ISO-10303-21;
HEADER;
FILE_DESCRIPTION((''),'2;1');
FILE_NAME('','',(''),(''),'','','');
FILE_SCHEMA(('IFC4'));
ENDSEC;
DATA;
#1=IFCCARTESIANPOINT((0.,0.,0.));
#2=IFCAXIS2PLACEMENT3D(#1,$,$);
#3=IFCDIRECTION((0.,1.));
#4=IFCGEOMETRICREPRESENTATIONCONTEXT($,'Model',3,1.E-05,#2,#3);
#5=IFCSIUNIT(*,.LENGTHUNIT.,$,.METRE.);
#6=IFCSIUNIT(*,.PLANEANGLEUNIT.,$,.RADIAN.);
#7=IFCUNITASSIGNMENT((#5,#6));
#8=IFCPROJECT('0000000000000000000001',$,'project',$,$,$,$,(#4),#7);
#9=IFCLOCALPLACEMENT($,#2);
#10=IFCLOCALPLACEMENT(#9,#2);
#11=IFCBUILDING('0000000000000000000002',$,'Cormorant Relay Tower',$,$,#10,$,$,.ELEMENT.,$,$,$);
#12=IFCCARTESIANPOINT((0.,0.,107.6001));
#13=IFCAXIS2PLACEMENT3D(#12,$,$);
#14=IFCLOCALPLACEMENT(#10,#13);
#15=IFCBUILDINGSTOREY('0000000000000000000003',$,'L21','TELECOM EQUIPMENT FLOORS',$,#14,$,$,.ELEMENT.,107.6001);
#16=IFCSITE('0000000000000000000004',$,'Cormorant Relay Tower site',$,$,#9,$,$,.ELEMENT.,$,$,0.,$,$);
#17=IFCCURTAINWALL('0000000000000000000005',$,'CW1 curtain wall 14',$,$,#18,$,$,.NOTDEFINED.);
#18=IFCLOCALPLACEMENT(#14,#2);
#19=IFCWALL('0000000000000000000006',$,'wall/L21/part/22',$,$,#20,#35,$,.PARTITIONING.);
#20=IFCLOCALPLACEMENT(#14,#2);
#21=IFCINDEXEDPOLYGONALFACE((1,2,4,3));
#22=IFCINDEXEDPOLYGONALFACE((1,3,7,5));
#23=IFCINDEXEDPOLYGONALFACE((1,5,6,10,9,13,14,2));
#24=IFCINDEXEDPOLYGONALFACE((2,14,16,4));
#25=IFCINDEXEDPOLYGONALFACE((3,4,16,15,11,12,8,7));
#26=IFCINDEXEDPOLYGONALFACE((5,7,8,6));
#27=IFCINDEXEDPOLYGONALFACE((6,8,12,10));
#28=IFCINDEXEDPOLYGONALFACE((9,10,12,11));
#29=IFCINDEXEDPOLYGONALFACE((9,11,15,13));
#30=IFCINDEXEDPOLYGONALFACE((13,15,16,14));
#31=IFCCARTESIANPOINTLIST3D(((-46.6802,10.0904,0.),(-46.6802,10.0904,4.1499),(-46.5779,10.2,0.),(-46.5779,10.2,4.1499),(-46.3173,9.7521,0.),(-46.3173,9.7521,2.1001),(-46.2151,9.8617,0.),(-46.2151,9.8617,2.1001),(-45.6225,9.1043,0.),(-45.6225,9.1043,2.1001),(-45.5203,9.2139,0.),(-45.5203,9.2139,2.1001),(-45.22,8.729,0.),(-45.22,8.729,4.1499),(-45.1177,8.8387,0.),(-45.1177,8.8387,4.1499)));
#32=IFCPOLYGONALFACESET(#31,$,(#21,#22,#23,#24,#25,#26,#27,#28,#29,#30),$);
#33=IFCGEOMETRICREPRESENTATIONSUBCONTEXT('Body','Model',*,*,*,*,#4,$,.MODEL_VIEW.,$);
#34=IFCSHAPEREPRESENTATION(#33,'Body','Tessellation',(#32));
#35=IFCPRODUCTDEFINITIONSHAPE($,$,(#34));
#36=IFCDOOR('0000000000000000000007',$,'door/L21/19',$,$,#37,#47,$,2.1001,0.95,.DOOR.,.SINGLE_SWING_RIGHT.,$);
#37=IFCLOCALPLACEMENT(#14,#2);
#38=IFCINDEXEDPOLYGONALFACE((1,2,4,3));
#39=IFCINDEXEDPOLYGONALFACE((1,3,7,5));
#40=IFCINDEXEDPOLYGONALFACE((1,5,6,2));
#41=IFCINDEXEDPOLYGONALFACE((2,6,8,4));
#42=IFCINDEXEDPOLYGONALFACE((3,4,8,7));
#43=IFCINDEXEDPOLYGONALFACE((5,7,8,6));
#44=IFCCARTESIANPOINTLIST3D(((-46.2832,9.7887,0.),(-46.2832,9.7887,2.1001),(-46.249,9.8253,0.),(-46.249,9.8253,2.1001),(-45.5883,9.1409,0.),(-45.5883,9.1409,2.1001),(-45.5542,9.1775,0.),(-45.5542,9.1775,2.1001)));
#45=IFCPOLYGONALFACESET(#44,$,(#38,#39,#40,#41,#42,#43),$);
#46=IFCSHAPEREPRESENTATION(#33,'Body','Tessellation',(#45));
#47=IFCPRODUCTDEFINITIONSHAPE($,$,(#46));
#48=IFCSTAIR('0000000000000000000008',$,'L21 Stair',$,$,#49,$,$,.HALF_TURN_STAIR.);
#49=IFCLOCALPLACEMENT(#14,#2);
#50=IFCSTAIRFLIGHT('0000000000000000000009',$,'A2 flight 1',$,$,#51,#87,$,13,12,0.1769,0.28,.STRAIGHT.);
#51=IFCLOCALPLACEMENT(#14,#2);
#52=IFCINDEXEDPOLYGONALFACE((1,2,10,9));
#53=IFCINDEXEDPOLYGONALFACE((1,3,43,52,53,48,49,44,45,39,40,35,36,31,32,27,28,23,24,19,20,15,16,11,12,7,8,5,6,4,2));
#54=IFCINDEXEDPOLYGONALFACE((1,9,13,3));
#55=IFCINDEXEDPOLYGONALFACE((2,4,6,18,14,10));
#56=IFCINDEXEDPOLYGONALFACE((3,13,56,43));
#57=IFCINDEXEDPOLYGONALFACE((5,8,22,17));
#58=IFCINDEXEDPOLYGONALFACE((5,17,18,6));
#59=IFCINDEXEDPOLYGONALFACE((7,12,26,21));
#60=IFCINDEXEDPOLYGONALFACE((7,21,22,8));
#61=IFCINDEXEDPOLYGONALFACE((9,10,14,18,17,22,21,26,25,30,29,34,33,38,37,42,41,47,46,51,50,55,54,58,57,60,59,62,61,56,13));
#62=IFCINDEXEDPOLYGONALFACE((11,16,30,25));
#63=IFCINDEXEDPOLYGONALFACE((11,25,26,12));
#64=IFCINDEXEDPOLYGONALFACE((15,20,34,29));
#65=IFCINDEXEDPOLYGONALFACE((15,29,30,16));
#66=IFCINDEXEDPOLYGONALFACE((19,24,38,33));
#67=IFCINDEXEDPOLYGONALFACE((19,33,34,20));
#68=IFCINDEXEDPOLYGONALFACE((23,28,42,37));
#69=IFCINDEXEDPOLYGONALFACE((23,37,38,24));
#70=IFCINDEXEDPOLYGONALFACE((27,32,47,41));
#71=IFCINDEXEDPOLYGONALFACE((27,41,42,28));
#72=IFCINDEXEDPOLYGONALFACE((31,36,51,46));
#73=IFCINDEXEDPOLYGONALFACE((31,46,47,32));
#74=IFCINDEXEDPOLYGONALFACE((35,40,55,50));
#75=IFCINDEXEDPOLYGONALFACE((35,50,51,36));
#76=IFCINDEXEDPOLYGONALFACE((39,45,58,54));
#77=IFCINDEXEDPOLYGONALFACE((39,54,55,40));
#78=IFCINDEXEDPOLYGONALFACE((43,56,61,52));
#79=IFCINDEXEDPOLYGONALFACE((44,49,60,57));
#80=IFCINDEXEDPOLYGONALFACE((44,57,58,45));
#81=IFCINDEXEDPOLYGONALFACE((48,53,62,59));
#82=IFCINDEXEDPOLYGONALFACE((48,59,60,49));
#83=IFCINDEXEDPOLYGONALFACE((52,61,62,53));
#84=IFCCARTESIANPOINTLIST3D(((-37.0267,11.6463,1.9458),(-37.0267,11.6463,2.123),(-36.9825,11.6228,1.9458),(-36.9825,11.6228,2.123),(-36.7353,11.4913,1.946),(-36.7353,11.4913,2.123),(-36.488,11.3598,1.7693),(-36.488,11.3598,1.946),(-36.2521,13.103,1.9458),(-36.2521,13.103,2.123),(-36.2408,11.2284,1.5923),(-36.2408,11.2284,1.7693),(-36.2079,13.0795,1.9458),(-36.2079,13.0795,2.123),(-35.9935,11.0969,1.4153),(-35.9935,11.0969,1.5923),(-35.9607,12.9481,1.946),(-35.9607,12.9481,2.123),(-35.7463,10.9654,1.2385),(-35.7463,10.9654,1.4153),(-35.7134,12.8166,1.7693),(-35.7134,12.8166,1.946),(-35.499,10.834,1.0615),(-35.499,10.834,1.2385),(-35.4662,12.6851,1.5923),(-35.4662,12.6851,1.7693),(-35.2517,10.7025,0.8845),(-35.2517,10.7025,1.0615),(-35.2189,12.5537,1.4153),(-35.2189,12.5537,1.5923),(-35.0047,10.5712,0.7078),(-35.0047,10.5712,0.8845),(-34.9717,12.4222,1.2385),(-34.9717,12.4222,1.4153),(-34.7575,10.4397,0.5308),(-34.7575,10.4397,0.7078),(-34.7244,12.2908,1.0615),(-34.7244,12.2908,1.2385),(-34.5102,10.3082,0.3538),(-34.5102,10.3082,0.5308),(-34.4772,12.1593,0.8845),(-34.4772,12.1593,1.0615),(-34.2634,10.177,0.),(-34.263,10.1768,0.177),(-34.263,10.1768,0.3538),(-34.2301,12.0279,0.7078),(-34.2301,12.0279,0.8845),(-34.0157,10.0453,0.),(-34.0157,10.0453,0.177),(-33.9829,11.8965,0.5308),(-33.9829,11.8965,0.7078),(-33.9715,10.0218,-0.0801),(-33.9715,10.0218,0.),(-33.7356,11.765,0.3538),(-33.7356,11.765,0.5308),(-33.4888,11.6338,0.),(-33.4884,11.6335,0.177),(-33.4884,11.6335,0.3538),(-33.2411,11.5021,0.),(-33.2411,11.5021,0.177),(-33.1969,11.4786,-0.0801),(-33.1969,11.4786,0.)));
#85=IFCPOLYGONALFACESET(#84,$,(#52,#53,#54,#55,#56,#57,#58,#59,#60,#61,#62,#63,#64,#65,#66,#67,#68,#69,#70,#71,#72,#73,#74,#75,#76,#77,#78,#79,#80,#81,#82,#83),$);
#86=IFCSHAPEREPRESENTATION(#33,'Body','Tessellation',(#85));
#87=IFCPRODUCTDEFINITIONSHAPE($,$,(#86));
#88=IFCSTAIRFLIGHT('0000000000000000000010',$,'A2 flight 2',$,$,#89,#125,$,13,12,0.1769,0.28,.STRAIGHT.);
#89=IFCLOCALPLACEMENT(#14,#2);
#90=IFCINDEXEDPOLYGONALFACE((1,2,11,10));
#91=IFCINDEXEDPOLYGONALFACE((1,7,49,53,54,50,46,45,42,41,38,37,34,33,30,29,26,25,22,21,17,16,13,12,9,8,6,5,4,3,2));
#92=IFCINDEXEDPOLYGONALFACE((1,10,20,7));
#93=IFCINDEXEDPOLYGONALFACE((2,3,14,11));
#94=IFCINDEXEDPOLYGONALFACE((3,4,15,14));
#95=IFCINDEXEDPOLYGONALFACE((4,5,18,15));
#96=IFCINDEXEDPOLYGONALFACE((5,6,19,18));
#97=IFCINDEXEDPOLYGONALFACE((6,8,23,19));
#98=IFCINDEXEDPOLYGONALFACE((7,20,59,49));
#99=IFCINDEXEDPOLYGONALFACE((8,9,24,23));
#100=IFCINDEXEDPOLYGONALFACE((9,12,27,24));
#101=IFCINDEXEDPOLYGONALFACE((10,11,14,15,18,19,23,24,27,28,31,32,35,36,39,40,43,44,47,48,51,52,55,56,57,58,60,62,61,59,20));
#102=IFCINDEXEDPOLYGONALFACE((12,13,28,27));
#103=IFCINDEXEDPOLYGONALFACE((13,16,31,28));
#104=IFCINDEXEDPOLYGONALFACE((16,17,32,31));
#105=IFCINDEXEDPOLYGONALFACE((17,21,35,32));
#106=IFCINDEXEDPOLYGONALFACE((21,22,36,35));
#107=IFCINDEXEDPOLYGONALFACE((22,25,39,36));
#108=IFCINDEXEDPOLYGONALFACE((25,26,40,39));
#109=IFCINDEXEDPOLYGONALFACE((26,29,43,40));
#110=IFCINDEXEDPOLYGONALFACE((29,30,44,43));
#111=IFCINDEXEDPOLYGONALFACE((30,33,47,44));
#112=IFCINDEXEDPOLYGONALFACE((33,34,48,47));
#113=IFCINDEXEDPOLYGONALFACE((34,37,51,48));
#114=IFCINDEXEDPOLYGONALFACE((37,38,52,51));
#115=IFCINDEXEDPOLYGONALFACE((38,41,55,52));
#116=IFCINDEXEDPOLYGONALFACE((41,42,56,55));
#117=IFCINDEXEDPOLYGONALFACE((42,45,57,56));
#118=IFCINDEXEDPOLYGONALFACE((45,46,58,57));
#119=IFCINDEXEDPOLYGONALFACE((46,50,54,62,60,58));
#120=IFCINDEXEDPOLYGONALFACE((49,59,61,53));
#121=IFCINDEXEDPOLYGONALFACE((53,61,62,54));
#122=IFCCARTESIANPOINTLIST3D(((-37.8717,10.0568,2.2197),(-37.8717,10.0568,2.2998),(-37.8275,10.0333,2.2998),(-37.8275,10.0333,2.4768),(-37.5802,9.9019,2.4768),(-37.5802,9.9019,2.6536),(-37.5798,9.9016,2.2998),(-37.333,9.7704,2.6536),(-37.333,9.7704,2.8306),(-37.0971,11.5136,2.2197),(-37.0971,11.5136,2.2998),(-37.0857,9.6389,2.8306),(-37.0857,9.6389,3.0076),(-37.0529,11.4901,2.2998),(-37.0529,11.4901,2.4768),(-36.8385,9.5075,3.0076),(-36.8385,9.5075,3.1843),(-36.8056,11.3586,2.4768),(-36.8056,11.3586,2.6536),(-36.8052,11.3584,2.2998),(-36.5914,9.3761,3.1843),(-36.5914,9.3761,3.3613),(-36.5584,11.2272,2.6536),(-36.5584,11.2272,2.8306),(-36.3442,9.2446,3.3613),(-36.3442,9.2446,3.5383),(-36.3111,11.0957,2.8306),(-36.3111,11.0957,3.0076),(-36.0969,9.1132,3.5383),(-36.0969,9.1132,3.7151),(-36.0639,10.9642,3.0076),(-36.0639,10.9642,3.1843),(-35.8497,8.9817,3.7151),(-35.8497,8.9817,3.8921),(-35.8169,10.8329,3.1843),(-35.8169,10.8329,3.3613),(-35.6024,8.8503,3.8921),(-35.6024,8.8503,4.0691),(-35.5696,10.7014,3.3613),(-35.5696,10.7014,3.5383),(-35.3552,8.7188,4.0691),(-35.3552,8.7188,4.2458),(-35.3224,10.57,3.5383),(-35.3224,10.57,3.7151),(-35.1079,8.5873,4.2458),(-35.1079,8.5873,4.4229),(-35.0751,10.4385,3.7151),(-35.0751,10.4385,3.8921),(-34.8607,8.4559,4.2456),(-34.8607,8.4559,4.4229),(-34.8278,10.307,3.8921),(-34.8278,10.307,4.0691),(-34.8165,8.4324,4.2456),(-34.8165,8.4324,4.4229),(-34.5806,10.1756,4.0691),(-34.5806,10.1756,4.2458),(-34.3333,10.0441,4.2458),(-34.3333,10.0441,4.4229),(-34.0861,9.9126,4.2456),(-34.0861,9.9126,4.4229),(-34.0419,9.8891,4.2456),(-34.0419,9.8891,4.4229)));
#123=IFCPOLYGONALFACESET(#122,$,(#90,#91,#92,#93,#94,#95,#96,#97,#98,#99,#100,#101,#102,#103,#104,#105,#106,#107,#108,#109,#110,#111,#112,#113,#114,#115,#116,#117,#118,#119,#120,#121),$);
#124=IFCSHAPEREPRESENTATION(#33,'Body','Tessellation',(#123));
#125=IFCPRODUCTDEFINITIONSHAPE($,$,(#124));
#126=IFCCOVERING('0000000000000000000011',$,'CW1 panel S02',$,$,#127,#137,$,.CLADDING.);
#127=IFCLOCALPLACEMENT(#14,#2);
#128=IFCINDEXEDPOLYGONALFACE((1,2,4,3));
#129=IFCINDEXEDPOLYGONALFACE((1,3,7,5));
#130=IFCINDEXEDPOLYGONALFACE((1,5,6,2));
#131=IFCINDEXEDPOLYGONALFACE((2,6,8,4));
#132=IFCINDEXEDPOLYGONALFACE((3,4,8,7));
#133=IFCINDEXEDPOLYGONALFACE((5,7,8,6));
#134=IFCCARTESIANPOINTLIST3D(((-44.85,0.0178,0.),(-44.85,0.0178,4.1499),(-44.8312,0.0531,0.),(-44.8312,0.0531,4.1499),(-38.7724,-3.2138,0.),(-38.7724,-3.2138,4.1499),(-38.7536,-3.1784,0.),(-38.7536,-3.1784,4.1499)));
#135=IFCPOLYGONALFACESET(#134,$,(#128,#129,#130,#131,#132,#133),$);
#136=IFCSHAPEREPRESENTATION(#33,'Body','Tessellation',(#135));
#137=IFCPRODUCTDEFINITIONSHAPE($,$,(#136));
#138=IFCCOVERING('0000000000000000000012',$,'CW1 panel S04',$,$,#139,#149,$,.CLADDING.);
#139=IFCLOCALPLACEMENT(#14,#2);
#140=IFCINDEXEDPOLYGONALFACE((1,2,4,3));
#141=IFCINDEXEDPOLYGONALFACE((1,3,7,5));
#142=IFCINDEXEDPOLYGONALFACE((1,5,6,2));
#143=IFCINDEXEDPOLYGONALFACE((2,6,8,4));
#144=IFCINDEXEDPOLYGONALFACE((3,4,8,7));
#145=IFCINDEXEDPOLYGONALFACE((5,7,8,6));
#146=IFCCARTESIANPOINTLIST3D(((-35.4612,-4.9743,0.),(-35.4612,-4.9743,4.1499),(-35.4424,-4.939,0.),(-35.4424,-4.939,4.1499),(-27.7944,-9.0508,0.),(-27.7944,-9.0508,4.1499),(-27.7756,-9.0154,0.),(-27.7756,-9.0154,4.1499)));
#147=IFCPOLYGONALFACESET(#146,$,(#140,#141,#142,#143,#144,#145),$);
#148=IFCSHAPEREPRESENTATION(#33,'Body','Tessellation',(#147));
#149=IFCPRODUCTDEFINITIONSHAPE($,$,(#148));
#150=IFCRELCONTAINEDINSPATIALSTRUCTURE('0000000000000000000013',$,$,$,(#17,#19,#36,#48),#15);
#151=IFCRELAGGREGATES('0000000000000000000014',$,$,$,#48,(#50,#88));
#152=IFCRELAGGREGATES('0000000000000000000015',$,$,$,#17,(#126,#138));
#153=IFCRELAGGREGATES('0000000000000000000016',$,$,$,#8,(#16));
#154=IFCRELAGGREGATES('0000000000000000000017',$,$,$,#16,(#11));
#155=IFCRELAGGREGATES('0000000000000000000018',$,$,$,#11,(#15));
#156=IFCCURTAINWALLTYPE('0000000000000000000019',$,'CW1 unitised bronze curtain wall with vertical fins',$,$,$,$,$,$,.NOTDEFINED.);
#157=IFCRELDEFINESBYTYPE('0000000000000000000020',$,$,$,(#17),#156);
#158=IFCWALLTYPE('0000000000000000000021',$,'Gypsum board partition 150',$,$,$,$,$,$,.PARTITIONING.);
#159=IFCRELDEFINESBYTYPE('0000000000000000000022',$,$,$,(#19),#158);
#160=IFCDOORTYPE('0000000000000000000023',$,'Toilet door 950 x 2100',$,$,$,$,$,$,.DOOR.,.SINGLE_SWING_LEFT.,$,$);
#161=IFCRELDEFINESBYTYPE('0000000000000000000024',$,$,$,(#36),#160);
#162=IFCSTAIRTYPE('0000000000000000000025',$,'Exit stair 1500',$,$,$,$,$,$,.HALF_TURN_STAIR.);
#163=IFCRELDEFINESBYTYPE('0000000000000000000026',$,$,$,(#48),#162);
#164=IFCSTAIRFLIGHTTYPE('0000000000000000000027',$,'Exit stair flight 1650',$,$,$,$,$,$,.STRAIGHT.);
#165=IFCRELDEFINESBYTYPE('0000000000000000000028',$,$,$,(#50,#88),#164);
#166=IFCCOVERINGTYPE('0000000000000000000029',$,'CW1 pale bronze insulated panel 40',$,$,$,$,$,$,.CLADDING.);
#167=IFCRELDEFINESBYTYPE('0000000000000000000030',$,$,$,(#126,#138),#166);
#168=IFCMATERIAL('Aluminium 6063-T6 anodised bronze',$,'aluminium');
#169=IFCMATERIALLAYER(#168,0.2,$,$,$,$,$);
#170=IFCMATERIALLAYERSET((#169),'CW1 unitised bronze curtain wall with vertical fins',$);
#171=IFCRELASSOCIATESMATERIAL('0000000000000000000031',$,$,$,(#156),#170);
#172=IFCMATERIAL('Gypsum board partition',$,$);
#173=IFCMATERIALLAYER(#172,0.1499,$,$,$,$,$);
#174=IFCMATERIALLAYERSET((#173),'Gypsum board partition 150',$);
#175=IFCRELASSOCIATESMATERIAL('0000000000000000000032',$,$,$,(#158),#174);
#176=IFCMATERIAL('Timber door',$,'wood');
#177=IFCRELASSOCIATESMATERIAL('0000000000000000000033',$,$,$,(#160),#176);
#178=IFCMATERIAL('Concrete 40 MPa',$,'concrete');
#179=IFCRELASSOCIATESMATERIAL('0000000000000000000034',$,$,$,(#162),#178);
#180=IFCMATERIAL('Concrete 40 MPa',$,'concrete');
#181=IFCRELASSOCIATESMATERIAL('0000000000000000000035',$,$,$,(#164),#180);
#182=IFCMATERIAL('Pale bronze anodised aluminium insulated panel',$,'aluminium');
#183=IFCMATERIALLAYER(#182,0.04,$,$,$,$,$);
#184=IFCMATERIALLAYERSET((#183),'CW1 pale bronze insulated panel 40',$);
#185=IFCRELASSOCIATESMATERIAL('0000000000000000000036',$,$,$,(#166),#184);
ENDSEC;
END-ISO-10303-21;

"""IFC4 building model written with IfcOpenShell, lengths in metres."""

from ifc_helpers import new_model, si_unit, direction, frame, frame_2d, origin, origin_2d, place, context, subcontext, project, spatial, polyline, rectangle, outline, extrude, material, layer, layer_set, type_object, element, fill, aggregate, save


model = new_model("IFC4")

# Units and contexts
model_context = context("Model", 3, precision=1e-05, world=origin(), true_north=direction((0.0, 1.0)))
body_context = subcontext(model_context, "Body", "Model", "MODEL_VIEW")
ifc_project = project(units=[si_unit("LENGTHUNIT", "METRE"), si_unit("PLANEANGLEUNIT", "RADIAN")], contexts=[model_context])

# Site, building, storey
site_placement = place(None, origin())
site = spatial("IfcSite", under=ifc_project, at=site_placement, Name="Cormorant Relay Tower site", CompositionType="ELEMENT", RefElevation=0.0)
building_placement = place(site_placement, origin())
building = spatial("IfcBuilding", under=site, at=building_placement, Name="Cormorant Relay Tower", CompositionType="ELEMENT")
storey_placement = place(building_placement, frame((0.0, 0.0, 107.6001)))
storey = spatial("IfcBuildingStorey", under=building, at=storey_placement, Name="L21", Description="TELECOM EQUIPMENT FLOORS", CompositionType="ELEMENT", Elevation=107.6001)

# Curtain wall
ifc_material_1 = material(Name="Aluminium 6063-T6 anodised bronze", Category="aluminium")
ifc_layer_1 = layer(ifc_material_1, 0.2)
ifc_layer_set_1 = layer_set([ifc_layer_1], Name="CW1 unitised bronze curtain wall with vertical fins")
curtain_wall_type = type_object("IfcCurtainWallType", Name="CW1 unitised bronze curtain wall with vertical fins", PredefinedType="NOTDEFINED", material=ifc_layer_set_1)
curtain_wall_placement = place(storey_placement, origin())
curtain_wall = element("IfcCurtainWall", 1, at=curtain_wall_placement, inside=storey, type_object=curtain_wall_type, Name="CW1 curtain wall 14", PredefinedType="NOTDEFINED")

# Shared definitions
ifc_material_2 = material(Name="Gypsum board partition")
ifc_layer_2 = layer(ifc_material_2, 0.1499)
ifc_layer_set_2 = layer_set([ifc_layer_2], Name="Gypsum board partition 150")
wall_type_1 = type_object("IfcWallType", Name="Gypsum board partition 150", PredefinedType="PARTITIONING", material=ifc_layer_set_2)

# Wall, opening, door
wall_1_placement = place(storey_placement, frame((-45.1689, 8.7839, 0.0), z_axis=(0.0, 0.0, 1.0), x_axis=(-0.731437, 0.681909, 0.0)))
wall_1 = element("IfcWall", 2, at=wall_1_placement, inside=storey, type_object=wall_type_1, Name="wall/L21/part/22", PredefinedType="PARTITIONING", context=body_context, shape_type="SweptSolid", body=[
    extrude(rectangle(XDim=1.9963, YDim=0.1499, at=frame_2d((0.998, 0.0))), origin(), (0.0, 0.0, 1.0), 4.1499),
])
opening_1_placement = place(wall_1_placement, frame((0.55, 0.0, 0.0)))
opening_1 = element("IfcOpeningElement", 3, at=opening_1_placement, cuts=wall_1, PredefinedType="OPENING", context=body_context, shape_type="SweptSolid", body=[
    extrude(rectangle(XDim=0.95, YDim=2.1001, at=frame_2d((0.4751, 1.05))), frame((0.0, 0.085, 0.0), z_axis=(0.0, -1.0, 0.0), x_axis=(1.0, 0.0, 0.0)), (0.0, 0.0, 1.0), 0.1699),
])
ifc_material_3 = material(Name="Timber door", Category="wood")
door_type_1 = type_object("IfcDoorType", Name="Toilet door 950 x 2100", OperationType="SINGLE_SWING_LEFT", PredefinedType="DOOR", material=ifc_material_3)
door_1_placement = place(opening_1_placement, origin())
door_1 = element("IfcDoor", 4, at=door_1_placement, inside=storey, type_object=door_type_1, Name="door/L21/19", OperationType="SINGLE_SWING_RIGHT", OverallHeight=2.1001, OverallWidth=0.95, PredefinedType="DOOR", context=body_context, shape_type="SweptSolid", body=[
    extrude(rectangle(XDim=0.95, YDim=2.1001, at=frame_2d((0.4751, 1.05))), frame((0.0, 0.0249, 0.0), z_axis=(0.0, -1.0, 0.0), x_axis=(1.0, 0.0, 0.0)), (0.0, 0.0, 1.0), 0.05),
])
fill(opening_1, door_1)

# Stair, stair flights
ifc_material_4 = material(Name="Concrete 40 MPa", Category="concrete")
stair_type = type_object("IfcStairType", Name="Exit stair 1500", PredefinedType="HALF_TURN_STAIR", material=ifc_material_4)
stair_placement = place(storey_placement, origin())
stair = element("IfcStair", 5, at=stair_placement, inside=storey, type_object=stair_type, Name="L21 Stair", PredefinedType="HALF_TURN_STAIR")
ifc_material_5 = material(Name="Concrete 40 MPa", Category="concrete")
stair_flight_type = type_object("IfcStairFlightType", Name="Exit stair flight 1650", PredefinedType="STRAIGHT", material=ifc_material_5)
stair_flight_1_placement = place(storey_placement, frame((-33.6284, 10.7737, 0.0), z_axis=(0.0, 0.0, 1.0), x_axis=(-0.882948, 0.469472, 0.0)))
stair_flight_1 = element("IfcStairFlight", 6, at=stair_flight_1_placement, type_object=stair_flight_type, Name="A2 flight 1", NumberOfRisers=13, NumberOfTreads=12, PredefinedType="STRAIGHT", RiserHeight=0.1769, TreadLength=0.28, context=body_context, shape_type="SweptSolid", body=[
    extrude(outline(polyline([(-0.05, -0.0801), (-0.05, 0.0), (0.0, 0.0), (0.0, 0.177), (0.28, 0.177), (0.28, 0.3538), (0.5601, 0.3538), (0.5601, 0.5308), (0.8401, 0.5308), (0.8401, 0.7078), (1.1201, 0.7078), (1.1201, 0.8845), (1.3999, 0.8845), (1.3999, 1.0615), (1.6799, 1.0615), (1.6799, 1.2385), (1.96, 1.2385), (1.96, 1.4153), (2.24, 1.4153), (2.24, 1.5923), (2.52, 1.5923), (2.52, 1.7693), (2.8, 1.7693), (2.8, 1.946), (3.0801, 1.946), (3.0801, 2.123), (3.3601, 2.123), (3.4102, 2.123), (3.4102, 1.9458), (3.3601, 1.9458), (0.2805, 0.0), (-0.05, -0.0801)])), frame((0.0, 0.825, 0.0), z_axis=(0.0, -1.0, 0.0), x_axis=(1.0, 0.0, 0.0)), (0.0, 0.0, 1.0), 1.6499),
])
stair_flight_2_placement = place(storey_placement, frame((-37.4402, 10.7617, 2.2998), z_axis=(0.0, 0.0, 1.0), x_axis=(0.882948, -0.469472, 0.0)))
stair_flight_2 = element("IfcStairFlight", 7, at=stair_flight_2_placement, type_object=stair_flight_type, Name="A2 flight 2", NumberOfRisers=13, NumberOfTreads=12, PredefinedType="STRAIGHT", RiserHeight=0.1769, TreadLength=0.28, context=body_context, shape_type="SweptSolid", body=[
    extrude(outline(polyline([(-0.05, -0.0801), (-0.05, 0.0), (0.0, 0.0), (0.0, 0.177), (0.28, 0.177), (0.28, 0.3538), (0.5601, 0.3538), (0.5601, 0.5308), (0.8401, 0.5308), (0.8401, 0.7078), (1.1201, 0.7078), (1.1201, 0.8845), (1.3999, 0.8845), (1.3999, 1.0615), (1.6799, 1.0615), (1.6799, 1.2385), (1.96, 1.2385), (1.96, 1.4153), (2.24, 1.4153), (2.24, 1.5923), (2.52, 1.5923), (2.52, 1.7693), (2.8, 1.7693), (2.8, 1.946), (3.0801, 1.946), (3.0801, 2.123), (3.3601, 2.123), (3.4102, 2.123), (3.4102, 1.9458), (3.3601, 1.9458), (0.2805, 0.0), (-0.05, -0.0801)])), frame((0.0, 0.825, 0.0), z_axis=(0.0, -1.0, 0.0), x_axis=(1.0, 0.0, 0.0)), (0.0, 0.0, 1.0), 1.6499),
])
aggregate(stair, [stair_flight_1, stair_flight_2])

# Coverings
ifc_material_6 = material(Name="Pale bronze anodised aluminium insulated panel", Category="aluminium")
ifc_layer_3 = layer(ifc_material_6, 0.04)
ifc_layer_set_3 = layer_set([ifc_layer_3], Name="CW1 pale bronze insulated panel 40")
covering_type = type_object("IfcCoveringType", Name="CW1 pale bronze insulated panel 40", PredefinedType="CLADDING", material=ifc_layer_set_3)
covering_1_placement = place(storey_placement, frame((-41.8018, -1.5803, 0.0), z_axis=(0.0, 0.0, 1.0), x_axis=(0.882948, -0.469472, 0.0)))
covering_1 = element("IfcCovering", 8, at=covering_1_placement, type_object=covering_type, Name="CW1 panel S02", PredefinedType="CLADDING", context=body_context, shape_type="SweptSolid", body=[
    extrude(rectangle(XDim=6.8833, YDim=0.04, at=origin_2d()), origin(), (0.0, 0.0, 1.0), 4.1499),
])
covering_2_placement = place(storey_placement, frame((-31.6184, -6.9949, 0.0), z_axis=(0.0, 0.0, 1.0), x_axis=(0.882948, -0.469472, 0.0)))
covering_2 = element("IfcCovering", 9, at=covering_2_placement, type_object=covering_type, Name="CW1 panel S04", PredefinedType="CLADDING", context=body_context, shape_type="SweptSolid", body=[
    extrude(rectangle(XDim=8.6831, YDim=0.04, at=origin_2d()), origin(), (0.0, 0.0, 1.0), 4.1499),
])
aggregate(curtain_wall, [covering_1, covering_2])

save(model, "model.ifc")
